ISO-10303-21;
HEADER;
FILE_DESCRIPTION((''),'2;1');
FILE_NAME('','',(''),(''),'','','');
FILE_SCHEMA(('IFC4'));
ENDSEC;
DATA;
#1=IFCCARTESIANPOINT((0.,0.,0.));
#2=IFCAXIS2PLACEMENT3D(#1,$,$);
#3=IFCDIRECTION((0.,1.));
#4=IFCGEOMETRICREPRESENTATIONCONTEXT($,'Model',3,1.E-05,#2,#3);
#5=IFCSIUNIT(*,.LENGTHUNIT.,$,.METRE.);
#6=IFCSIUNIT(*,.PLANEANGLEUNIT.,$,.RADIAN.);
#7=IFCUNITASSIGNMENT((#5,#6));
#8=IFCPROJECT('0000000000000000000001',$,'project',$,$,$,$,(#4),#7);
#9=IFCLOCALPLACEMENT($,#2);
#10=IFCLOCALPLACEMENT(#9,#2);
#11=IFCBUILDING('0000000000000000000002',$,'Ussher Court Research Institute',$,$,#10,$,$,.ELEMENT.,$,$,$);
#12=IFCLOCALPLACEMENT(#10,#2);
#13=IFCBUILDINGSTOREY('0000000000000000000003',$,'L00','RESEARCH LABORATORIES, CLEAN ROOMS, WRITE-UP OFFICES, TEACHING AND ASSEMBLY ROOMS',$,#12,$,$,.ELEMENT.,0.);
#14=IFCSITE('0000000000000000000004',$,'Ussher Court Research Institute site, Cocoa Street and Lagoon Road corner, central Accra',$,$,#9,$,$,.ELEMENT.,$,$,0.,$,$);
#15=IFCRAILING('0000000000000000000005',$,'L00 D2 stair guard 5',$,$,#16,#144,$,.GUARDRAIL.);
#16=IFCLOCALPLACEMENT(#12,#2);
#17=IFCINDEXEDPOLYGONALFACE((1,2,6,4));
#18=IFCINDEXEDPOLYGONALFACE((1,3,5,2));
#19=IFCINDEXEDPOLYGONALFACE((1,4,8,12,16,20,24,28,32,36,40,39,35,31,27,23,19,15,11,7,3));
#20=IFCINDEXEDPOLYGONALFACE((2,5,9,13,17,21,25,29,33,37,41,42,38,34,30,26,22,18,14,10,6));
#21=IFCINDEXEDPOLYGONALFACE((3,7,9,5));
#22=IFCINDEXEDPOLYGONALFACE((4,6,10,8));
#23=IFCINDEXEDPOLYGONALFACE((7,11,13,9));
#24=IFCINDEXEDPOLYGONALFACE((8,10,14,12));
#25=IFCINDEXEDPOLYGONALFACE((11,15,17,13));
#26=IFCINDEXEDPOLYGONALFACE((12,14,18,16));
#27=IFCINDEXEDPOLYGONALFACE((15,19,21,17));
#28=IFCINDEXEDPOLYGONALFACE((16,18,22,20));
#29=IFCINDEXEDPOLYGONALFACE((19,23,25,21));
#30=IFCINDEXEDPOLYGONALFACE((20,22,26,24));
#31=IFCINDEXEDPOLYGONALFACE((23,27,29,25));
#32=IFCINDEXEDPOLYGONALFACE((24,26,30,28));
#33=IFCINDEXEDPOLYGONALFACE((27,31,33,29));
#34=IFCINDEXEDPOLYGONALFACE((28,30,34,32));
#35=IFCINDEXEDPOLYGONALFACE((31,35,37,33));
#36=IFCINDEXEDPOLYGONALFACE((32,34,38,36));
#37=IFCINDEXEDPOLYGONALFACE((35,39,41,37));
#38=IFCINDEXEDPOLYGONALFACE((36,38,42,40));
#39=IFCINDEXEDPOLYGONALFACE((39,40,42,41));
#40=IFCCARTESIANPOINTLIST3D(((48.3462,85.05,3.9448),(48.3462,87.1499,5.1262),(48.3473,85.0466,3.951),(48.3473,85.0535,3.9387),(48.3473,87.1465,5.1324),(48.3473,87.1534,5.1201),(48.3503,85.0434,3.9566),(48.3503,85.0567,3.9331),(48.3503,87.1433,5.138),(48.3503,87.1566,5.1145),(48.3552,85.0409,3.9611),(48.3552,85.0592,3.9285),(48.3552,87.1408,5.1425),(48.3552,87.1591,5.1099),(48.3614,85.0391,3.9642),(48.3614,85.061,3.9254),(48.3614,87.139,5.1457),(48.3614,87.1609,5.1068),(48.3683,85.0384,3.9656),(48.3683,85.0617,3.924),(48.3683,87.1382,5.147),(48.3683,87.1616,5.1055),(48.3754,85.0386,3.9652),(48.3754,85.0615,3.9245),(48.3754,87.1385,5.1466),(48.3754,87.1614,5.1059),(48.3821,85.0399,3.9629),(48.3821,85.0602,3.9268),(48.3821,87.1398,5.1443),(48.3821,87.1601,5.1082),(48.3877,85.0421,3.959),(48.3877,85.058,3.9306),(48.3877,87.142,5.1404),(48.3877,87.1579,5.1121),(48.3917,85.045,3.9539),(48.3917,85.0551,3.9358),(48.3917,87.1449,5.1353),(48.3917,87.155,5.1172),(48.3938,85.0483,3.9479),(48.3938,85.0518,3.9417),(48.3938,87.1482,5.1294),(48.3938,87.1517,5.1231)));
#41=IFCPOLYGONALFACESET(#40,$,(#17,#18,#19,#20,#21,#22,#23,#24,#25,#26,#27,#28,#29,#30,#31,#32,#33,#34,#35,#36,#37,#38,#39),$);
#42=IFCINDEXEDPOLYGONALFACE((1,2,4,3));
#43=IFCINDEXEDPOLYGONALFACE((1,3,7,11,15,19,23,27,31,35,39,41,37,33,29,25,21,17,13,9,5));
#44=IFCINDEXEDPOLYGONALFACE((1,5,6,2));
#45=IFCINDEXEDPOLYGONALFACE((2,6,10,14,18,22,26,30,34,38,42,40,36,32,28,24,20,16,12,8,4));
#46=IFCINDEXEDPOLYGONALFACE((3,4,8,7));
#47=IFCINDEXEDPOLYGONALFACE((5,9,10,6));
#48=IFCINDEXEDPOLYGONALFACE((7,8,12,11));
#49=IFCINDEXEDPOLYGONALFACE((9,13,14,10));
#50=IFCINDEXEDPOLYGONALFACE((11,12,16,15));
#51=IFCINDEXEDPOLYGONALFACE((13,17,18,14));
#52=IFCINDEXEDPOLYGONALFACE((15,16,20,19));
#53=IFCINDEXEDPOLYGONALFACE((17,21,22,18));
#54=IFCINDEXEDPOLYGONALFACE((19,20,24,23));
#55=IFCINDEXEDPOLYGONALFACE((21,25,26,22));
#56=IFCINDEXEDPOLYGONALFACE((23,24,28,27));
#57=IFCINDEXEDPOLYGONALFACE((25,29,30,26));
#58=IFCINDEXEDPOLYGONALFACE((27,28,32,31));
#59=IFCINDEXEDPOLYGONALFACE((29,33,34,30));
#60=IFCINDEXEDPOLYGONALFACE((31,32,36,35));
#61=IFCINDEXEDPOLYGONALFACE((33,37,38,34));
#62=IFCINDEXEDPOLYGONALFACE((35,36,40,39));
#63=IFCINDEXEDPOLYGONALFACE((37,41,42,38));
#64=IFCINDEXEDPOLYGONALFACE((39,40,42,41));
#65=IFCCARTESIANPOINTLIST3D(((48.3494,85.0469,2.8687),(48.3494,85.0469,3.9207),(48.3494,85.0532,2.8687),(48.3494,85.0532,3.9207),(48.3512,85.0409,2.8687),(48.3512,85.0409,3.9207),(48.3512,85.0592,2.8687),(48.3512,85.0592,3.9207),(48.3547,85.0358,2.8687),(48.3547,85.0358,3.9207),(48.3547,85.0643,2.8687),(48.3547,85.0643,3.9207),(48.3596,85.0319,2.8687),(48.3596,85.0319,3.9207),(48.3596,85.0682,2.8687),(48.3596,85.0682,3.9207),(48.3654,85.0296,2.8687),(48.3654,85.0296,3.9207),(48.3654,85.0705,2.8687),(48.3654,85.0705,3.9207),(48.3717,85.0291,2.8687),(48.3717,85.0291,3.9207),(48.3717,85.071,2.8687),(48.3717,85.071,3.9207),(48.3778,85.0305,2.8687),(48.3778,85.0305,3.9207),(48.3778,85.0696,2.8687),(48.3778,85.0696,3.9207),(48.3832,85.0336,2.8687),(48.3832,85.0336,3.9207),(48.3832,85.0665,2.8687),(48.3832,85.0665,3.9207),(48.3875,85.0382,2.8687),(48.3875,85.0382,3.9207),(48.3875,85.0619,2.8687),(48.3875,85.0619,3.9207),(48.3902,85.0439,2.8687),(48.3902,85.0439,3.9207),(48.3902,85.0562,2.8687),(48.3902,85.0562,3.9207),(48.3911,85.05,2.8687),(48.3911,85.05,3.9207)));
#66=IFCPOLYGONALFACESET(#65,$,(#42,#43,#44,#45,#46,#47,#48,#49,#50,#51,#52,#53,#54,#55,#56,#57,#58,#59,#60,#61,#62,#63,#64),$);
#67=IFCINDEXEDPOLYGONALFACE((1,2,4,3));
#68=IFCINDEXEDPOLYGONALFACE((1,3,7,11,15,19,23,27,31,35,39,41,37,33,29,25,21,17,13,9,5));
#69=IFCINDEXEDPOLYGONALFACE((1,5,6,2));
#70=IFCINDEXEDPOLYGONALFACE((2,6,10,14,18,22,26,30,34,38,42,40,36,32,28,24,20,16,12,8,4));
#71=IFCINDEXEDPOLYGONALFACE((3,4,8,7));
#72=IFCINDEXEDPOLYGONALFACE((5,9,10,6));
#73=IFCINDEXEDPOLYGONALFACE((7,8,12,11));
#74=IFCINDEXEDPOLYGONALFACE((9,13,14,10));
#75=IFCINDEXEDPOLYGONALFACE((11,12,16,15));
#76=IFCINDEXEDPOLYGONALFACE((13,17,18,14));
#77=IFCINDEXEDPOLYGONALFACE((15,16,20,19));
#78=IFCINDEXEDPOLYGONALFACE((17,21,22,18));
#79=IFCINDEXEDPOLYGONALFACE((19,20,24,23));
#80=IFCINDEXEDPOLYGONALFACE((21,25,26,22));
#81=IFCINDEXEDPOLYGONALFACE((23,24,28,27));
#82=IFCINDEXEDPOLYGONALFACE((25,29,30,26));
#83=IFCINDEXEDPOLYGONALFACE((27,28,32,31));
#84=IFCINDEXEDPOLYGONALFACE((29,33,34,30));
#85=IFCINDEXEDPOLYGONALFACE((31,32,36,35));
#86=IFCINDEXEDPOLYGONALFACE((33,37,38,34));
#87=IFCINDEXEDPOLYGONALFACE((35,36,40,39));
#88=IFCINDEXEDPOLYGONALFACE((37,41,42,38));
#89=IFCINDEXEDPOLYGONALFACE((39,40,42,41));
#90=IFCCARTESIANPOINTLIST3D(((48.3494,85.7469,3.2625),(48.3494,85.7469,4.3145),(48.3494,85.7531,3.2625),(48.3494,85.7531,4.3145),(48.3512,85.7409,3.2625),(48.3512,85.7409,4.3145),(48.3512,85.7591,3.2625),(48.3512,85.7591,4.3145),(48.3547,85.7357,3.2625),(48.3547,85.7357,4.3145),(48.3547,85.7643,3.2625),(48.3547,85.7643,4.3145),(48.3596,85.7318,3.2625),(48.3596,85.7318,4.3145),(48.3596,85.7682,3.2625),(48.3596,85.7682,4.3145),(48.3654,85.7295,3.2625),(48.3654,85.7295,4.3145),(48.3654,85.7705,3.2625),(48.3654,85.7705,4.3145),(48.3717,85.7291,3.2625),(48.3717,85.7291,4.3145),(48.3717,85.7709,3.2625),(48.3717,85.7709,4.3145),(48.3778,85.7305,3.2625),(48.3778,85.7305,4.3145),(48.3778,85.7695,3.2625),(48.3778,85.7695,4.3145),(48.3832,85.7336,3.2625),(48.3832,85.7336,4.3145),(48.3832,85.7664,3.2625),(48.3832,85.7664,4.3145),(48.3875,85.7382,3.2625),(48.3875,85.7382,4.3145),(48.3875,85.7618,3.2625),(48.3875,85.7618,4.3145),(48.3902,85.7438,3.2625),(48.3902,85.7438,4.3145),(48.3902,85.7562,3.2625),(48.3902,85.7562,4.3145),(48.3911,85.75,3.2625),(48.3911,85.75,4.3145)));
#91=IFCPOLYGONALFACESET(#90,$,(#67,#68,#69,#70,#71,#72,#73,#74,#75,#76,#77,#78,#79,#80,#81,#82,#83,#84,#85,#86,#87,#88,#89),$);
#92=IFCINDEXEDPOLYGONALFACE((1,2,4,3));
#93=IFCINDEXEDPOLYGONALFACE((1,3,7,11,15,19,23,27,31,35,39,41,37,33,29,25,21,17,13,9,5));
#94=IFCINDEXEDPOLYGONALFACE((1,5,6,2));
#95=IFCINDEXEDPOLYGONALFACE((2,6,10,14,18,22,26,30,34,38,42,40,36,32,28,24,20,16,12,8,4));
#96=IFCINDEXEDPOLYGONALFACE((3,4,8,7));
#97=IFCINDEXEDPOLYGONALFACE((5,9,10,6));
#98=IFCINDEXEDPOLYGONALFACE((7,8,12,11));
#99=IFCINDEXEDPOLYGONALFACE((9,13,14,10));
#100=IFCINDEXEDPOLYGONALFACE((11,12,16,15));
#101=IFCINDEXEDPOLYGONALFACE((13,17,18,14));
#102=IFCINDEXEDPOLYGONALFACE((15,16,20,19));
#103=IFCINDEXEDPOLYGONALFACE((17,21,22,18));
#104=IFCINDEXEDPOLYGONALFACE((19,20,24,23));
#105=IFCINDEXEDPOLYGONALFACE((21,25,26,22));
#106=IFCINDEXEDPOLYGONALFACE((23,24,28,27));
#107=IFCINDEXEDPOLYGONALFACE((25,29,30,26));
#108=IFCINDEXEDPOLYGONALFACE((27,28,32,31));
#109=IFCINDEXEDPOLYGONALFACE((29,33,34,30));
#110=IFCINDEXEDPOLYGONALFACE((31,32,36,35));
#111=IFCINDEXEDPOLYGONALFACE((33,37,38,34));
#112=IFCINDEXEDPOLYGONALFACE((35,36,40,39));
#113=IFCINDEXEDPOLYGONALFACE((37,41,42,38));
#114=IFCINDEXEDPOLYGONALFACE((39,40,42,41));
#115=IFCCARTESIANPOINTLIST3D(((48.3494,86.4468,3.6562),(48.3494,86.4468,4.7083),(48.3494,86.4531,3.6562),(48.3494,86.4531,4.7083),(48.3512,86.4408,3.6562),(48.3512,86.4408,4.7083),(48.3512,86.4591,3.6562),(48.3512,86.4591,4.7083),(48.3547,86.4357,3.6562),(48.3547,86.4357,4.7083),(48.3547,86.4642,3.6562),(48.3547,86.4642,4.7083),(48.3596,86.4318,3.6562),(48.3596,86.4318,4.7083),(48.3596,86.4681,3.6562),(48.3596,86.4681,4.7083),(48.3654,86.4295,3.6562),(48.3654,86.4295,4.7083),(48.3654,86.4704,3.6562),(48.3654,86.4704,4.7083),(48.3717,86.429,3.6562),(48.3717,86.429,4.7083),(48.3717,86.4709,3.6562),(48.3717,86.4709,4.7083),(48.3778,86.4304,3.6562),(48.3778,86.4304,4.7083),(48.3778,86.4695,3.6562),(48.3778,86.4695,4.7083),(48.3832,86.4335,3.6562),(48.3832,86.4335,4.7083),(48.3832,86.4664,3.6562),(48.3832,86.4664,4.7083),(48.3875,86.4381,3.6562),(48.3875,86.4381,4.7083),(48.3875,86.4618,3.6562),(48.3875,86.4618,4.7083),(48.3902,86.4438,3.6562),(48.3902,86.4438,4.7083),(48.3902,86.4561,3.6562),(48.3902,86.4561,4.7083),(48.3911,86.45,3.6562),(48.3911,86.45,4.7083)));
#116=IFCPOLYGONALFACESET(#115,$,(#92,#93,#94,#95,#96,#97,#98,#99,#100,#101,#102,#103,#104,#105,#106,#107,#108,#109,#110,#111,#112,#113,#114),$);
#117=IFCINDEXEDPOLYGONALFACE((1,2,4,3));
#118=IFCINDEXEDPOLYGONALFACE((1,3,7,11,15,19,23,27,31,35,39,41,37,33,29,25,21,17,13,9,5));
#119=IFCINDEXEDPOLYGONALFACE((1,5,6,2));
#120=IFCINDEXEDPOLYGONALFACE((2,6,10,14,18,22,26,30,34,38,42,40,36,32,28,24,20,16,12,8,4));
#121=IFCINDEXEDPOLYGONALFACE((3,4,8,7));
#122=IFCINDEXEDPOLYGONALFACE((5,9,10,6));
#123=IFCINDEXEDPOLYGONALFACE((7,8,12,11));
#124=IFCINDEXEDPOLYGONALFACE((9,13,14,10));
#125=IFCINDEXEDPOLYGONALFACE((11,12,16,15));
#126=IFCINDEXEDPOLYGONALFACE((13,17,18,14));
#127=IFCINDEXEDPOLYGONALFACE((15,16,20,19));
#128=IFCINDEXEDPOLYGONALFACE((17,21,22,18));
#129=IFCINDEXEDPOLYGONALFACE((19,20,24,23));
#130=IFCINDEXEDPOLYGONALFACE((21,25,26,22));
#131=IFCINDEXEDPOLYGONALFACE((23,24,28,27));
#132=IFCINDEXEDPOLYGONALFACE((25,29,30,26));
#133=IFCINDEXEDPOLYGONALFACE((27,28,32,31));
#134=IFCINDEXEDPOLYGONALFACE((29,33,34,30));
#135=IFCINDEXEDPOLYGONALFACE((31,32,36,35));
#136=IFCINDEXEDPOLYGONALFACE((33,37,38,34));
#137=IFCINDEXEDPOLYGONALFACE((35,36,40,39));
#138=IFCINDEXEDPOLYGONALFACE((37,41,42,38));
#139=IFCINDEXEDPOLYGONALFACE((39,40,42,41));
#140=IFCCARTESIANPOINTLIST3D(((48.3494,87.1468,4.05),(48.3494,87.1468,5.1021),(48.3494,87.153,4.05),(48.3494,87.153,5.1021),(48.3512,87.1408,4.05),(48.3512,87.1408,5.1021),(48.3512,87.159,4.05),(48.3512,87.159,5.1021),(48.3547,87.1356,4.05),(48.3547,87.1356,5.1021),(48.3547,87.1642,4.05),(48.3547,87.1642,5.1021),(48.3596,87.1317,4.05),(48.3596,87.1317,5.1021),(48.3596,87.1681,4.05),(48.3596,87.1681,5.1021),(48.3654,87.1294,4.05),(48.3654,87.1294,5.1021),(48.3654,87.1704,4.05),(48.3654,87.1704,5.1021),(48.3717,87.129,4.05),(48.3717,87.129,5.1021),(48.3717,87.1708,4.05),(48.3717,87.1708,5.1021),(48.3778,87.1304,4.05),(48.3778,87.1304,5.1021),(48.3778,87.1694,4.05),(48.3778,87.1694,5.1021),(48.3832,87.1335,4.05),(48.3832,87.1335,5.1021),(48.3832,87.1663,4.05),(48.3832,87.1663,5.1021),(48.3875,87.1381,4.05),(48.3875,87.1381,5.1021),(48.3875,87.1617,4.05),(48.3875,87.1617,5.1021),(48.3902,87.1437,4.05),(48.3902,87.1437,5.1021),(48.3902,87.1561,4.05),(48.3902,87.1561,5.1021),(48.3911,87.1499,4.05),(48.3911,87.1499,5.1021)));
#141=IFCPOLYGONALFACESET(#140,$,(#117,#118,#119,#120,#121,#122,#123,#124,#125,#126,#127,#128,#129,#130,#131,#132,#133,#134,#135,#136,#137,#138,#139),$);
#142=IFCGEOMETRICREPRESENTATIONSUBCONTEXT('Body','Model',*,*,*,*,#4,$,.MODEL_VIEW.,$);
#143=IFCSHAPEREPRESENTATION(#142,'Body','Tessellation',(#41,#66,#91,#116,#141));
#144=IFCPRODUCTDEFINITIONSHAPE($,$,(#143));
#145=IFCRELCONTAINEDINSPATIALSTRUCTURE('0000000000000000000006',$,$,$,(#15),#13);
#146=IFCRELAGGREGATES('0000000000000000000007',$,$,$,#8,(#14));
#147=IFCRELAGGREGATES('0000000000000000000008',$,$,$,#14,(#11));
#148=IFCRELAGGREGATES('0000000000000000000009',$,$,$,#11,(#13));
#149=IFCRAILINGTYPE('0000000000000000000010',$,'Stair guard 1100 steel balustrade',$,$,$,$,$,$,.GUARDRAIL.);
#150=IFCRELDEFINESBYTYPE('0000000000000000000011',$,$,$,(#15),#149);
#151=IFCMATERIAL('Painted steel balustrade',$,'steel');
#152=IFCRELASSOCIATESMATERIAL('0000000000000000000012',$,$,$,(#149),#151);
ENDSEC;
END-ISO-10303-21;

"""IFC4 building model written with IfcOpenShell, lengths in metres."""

from ifc_helpers import new_model, si_unit, direction, frame, origin, origin_2d, place, context, subcontext, project, spatial, circle, extrude, material, type_object, element, save


model = new_model("IFC4")

# Units and contexts
model_context = context("Model", 3, precision=1e-05, world=origin(), true_north=direction((0.0, 1.0)))
body_context = subcontext(model_context, "Body", "Model", "MODEL_VIEW")
ifc_project = project(units=[si_unit("LENGTHUNIT", "METRE"), si_unit("PLANEANGLEUNIT", "RADIAN")], contexts=[model_context])

# Site, building, storey
site_placement = place(None, origin())
site = spatial("IfcSite", under=ifc_project, at=site_placement, Name="Ussher Court Research Institute site, Cocoa Street and Lagoon Road corner, central Accra", CompositionType="ELEMENT", RefElevation=0.0)
building_placement = place(site_placement, origin())
building = spatial("IfcBuilding", under=site, at=building_placement, Name="Ussher Court Research Institute", CompositionType="ELEMENT")
storey_placement = place(building_placement, origin())
storey = spatial("IfcBuildingStorey", under=building, at=storey_placement, Name="L00", Description="RESEARCH LABORATORIES, CLEAN ROOMS, WRITE-UP OFFICES, TEACHING AND ASSEMBLY ROOMS", CompositionType="ELEMENT", Elevation=0.0)

# Railing
ifc_material_1 = material(Name="Painted steel balustrade", Category="steel")
railing_type_1 = type_object("IfcRailingType", Name="Stair guard 1100 steel balustrade", PredefinedType="GUARDRAIL", material=ifc_material_1)
railing_1_placement = place(storey_placement, frame((48.3701, 85.05, 2.8687)))
element("IfcRailing", 1, at=railing_1_placement, inside=storey, type_object=railing_type_1, Name="L00 D2 stair guard 5", PredefinedType="GUARDRAIL", context=body_context, shape_type="SweptSolid", body=[
    extrude(circle(Radius=0.0239, at=origin_2d()), frame((0.0, 0.0, 1.0762), z_axis=(0.0, 0.871535, 0.490333), x_axis=(-1.0, 0.0, 0.0)), (0.0, 0.0, 1.0), 2.4094),
    extrude(circle(Radius=0.021, at=origin_2d()), origin(), (0.0, 0.0, 1.0), 1.052),
    extrude(circle(Radius=0.021, at=origin_2d()), frame((0.0, 0.7, 0.3938)), (0.0, 0.0, 1.0), 1.052),
    extrude(circle(Radius=0.021, at=origin_2d()), frame((0.0, 1.3999, 0.7876)), (0.0, 0.0, 1.0), 1.052),
    extrude(circle(Radius=0.021, at=origin_2d()), frame((0.0, 2.0999, 1.1814)), (0.0, 0.0, 1.0), 1.052),
])

save(model, "model.ifc")
